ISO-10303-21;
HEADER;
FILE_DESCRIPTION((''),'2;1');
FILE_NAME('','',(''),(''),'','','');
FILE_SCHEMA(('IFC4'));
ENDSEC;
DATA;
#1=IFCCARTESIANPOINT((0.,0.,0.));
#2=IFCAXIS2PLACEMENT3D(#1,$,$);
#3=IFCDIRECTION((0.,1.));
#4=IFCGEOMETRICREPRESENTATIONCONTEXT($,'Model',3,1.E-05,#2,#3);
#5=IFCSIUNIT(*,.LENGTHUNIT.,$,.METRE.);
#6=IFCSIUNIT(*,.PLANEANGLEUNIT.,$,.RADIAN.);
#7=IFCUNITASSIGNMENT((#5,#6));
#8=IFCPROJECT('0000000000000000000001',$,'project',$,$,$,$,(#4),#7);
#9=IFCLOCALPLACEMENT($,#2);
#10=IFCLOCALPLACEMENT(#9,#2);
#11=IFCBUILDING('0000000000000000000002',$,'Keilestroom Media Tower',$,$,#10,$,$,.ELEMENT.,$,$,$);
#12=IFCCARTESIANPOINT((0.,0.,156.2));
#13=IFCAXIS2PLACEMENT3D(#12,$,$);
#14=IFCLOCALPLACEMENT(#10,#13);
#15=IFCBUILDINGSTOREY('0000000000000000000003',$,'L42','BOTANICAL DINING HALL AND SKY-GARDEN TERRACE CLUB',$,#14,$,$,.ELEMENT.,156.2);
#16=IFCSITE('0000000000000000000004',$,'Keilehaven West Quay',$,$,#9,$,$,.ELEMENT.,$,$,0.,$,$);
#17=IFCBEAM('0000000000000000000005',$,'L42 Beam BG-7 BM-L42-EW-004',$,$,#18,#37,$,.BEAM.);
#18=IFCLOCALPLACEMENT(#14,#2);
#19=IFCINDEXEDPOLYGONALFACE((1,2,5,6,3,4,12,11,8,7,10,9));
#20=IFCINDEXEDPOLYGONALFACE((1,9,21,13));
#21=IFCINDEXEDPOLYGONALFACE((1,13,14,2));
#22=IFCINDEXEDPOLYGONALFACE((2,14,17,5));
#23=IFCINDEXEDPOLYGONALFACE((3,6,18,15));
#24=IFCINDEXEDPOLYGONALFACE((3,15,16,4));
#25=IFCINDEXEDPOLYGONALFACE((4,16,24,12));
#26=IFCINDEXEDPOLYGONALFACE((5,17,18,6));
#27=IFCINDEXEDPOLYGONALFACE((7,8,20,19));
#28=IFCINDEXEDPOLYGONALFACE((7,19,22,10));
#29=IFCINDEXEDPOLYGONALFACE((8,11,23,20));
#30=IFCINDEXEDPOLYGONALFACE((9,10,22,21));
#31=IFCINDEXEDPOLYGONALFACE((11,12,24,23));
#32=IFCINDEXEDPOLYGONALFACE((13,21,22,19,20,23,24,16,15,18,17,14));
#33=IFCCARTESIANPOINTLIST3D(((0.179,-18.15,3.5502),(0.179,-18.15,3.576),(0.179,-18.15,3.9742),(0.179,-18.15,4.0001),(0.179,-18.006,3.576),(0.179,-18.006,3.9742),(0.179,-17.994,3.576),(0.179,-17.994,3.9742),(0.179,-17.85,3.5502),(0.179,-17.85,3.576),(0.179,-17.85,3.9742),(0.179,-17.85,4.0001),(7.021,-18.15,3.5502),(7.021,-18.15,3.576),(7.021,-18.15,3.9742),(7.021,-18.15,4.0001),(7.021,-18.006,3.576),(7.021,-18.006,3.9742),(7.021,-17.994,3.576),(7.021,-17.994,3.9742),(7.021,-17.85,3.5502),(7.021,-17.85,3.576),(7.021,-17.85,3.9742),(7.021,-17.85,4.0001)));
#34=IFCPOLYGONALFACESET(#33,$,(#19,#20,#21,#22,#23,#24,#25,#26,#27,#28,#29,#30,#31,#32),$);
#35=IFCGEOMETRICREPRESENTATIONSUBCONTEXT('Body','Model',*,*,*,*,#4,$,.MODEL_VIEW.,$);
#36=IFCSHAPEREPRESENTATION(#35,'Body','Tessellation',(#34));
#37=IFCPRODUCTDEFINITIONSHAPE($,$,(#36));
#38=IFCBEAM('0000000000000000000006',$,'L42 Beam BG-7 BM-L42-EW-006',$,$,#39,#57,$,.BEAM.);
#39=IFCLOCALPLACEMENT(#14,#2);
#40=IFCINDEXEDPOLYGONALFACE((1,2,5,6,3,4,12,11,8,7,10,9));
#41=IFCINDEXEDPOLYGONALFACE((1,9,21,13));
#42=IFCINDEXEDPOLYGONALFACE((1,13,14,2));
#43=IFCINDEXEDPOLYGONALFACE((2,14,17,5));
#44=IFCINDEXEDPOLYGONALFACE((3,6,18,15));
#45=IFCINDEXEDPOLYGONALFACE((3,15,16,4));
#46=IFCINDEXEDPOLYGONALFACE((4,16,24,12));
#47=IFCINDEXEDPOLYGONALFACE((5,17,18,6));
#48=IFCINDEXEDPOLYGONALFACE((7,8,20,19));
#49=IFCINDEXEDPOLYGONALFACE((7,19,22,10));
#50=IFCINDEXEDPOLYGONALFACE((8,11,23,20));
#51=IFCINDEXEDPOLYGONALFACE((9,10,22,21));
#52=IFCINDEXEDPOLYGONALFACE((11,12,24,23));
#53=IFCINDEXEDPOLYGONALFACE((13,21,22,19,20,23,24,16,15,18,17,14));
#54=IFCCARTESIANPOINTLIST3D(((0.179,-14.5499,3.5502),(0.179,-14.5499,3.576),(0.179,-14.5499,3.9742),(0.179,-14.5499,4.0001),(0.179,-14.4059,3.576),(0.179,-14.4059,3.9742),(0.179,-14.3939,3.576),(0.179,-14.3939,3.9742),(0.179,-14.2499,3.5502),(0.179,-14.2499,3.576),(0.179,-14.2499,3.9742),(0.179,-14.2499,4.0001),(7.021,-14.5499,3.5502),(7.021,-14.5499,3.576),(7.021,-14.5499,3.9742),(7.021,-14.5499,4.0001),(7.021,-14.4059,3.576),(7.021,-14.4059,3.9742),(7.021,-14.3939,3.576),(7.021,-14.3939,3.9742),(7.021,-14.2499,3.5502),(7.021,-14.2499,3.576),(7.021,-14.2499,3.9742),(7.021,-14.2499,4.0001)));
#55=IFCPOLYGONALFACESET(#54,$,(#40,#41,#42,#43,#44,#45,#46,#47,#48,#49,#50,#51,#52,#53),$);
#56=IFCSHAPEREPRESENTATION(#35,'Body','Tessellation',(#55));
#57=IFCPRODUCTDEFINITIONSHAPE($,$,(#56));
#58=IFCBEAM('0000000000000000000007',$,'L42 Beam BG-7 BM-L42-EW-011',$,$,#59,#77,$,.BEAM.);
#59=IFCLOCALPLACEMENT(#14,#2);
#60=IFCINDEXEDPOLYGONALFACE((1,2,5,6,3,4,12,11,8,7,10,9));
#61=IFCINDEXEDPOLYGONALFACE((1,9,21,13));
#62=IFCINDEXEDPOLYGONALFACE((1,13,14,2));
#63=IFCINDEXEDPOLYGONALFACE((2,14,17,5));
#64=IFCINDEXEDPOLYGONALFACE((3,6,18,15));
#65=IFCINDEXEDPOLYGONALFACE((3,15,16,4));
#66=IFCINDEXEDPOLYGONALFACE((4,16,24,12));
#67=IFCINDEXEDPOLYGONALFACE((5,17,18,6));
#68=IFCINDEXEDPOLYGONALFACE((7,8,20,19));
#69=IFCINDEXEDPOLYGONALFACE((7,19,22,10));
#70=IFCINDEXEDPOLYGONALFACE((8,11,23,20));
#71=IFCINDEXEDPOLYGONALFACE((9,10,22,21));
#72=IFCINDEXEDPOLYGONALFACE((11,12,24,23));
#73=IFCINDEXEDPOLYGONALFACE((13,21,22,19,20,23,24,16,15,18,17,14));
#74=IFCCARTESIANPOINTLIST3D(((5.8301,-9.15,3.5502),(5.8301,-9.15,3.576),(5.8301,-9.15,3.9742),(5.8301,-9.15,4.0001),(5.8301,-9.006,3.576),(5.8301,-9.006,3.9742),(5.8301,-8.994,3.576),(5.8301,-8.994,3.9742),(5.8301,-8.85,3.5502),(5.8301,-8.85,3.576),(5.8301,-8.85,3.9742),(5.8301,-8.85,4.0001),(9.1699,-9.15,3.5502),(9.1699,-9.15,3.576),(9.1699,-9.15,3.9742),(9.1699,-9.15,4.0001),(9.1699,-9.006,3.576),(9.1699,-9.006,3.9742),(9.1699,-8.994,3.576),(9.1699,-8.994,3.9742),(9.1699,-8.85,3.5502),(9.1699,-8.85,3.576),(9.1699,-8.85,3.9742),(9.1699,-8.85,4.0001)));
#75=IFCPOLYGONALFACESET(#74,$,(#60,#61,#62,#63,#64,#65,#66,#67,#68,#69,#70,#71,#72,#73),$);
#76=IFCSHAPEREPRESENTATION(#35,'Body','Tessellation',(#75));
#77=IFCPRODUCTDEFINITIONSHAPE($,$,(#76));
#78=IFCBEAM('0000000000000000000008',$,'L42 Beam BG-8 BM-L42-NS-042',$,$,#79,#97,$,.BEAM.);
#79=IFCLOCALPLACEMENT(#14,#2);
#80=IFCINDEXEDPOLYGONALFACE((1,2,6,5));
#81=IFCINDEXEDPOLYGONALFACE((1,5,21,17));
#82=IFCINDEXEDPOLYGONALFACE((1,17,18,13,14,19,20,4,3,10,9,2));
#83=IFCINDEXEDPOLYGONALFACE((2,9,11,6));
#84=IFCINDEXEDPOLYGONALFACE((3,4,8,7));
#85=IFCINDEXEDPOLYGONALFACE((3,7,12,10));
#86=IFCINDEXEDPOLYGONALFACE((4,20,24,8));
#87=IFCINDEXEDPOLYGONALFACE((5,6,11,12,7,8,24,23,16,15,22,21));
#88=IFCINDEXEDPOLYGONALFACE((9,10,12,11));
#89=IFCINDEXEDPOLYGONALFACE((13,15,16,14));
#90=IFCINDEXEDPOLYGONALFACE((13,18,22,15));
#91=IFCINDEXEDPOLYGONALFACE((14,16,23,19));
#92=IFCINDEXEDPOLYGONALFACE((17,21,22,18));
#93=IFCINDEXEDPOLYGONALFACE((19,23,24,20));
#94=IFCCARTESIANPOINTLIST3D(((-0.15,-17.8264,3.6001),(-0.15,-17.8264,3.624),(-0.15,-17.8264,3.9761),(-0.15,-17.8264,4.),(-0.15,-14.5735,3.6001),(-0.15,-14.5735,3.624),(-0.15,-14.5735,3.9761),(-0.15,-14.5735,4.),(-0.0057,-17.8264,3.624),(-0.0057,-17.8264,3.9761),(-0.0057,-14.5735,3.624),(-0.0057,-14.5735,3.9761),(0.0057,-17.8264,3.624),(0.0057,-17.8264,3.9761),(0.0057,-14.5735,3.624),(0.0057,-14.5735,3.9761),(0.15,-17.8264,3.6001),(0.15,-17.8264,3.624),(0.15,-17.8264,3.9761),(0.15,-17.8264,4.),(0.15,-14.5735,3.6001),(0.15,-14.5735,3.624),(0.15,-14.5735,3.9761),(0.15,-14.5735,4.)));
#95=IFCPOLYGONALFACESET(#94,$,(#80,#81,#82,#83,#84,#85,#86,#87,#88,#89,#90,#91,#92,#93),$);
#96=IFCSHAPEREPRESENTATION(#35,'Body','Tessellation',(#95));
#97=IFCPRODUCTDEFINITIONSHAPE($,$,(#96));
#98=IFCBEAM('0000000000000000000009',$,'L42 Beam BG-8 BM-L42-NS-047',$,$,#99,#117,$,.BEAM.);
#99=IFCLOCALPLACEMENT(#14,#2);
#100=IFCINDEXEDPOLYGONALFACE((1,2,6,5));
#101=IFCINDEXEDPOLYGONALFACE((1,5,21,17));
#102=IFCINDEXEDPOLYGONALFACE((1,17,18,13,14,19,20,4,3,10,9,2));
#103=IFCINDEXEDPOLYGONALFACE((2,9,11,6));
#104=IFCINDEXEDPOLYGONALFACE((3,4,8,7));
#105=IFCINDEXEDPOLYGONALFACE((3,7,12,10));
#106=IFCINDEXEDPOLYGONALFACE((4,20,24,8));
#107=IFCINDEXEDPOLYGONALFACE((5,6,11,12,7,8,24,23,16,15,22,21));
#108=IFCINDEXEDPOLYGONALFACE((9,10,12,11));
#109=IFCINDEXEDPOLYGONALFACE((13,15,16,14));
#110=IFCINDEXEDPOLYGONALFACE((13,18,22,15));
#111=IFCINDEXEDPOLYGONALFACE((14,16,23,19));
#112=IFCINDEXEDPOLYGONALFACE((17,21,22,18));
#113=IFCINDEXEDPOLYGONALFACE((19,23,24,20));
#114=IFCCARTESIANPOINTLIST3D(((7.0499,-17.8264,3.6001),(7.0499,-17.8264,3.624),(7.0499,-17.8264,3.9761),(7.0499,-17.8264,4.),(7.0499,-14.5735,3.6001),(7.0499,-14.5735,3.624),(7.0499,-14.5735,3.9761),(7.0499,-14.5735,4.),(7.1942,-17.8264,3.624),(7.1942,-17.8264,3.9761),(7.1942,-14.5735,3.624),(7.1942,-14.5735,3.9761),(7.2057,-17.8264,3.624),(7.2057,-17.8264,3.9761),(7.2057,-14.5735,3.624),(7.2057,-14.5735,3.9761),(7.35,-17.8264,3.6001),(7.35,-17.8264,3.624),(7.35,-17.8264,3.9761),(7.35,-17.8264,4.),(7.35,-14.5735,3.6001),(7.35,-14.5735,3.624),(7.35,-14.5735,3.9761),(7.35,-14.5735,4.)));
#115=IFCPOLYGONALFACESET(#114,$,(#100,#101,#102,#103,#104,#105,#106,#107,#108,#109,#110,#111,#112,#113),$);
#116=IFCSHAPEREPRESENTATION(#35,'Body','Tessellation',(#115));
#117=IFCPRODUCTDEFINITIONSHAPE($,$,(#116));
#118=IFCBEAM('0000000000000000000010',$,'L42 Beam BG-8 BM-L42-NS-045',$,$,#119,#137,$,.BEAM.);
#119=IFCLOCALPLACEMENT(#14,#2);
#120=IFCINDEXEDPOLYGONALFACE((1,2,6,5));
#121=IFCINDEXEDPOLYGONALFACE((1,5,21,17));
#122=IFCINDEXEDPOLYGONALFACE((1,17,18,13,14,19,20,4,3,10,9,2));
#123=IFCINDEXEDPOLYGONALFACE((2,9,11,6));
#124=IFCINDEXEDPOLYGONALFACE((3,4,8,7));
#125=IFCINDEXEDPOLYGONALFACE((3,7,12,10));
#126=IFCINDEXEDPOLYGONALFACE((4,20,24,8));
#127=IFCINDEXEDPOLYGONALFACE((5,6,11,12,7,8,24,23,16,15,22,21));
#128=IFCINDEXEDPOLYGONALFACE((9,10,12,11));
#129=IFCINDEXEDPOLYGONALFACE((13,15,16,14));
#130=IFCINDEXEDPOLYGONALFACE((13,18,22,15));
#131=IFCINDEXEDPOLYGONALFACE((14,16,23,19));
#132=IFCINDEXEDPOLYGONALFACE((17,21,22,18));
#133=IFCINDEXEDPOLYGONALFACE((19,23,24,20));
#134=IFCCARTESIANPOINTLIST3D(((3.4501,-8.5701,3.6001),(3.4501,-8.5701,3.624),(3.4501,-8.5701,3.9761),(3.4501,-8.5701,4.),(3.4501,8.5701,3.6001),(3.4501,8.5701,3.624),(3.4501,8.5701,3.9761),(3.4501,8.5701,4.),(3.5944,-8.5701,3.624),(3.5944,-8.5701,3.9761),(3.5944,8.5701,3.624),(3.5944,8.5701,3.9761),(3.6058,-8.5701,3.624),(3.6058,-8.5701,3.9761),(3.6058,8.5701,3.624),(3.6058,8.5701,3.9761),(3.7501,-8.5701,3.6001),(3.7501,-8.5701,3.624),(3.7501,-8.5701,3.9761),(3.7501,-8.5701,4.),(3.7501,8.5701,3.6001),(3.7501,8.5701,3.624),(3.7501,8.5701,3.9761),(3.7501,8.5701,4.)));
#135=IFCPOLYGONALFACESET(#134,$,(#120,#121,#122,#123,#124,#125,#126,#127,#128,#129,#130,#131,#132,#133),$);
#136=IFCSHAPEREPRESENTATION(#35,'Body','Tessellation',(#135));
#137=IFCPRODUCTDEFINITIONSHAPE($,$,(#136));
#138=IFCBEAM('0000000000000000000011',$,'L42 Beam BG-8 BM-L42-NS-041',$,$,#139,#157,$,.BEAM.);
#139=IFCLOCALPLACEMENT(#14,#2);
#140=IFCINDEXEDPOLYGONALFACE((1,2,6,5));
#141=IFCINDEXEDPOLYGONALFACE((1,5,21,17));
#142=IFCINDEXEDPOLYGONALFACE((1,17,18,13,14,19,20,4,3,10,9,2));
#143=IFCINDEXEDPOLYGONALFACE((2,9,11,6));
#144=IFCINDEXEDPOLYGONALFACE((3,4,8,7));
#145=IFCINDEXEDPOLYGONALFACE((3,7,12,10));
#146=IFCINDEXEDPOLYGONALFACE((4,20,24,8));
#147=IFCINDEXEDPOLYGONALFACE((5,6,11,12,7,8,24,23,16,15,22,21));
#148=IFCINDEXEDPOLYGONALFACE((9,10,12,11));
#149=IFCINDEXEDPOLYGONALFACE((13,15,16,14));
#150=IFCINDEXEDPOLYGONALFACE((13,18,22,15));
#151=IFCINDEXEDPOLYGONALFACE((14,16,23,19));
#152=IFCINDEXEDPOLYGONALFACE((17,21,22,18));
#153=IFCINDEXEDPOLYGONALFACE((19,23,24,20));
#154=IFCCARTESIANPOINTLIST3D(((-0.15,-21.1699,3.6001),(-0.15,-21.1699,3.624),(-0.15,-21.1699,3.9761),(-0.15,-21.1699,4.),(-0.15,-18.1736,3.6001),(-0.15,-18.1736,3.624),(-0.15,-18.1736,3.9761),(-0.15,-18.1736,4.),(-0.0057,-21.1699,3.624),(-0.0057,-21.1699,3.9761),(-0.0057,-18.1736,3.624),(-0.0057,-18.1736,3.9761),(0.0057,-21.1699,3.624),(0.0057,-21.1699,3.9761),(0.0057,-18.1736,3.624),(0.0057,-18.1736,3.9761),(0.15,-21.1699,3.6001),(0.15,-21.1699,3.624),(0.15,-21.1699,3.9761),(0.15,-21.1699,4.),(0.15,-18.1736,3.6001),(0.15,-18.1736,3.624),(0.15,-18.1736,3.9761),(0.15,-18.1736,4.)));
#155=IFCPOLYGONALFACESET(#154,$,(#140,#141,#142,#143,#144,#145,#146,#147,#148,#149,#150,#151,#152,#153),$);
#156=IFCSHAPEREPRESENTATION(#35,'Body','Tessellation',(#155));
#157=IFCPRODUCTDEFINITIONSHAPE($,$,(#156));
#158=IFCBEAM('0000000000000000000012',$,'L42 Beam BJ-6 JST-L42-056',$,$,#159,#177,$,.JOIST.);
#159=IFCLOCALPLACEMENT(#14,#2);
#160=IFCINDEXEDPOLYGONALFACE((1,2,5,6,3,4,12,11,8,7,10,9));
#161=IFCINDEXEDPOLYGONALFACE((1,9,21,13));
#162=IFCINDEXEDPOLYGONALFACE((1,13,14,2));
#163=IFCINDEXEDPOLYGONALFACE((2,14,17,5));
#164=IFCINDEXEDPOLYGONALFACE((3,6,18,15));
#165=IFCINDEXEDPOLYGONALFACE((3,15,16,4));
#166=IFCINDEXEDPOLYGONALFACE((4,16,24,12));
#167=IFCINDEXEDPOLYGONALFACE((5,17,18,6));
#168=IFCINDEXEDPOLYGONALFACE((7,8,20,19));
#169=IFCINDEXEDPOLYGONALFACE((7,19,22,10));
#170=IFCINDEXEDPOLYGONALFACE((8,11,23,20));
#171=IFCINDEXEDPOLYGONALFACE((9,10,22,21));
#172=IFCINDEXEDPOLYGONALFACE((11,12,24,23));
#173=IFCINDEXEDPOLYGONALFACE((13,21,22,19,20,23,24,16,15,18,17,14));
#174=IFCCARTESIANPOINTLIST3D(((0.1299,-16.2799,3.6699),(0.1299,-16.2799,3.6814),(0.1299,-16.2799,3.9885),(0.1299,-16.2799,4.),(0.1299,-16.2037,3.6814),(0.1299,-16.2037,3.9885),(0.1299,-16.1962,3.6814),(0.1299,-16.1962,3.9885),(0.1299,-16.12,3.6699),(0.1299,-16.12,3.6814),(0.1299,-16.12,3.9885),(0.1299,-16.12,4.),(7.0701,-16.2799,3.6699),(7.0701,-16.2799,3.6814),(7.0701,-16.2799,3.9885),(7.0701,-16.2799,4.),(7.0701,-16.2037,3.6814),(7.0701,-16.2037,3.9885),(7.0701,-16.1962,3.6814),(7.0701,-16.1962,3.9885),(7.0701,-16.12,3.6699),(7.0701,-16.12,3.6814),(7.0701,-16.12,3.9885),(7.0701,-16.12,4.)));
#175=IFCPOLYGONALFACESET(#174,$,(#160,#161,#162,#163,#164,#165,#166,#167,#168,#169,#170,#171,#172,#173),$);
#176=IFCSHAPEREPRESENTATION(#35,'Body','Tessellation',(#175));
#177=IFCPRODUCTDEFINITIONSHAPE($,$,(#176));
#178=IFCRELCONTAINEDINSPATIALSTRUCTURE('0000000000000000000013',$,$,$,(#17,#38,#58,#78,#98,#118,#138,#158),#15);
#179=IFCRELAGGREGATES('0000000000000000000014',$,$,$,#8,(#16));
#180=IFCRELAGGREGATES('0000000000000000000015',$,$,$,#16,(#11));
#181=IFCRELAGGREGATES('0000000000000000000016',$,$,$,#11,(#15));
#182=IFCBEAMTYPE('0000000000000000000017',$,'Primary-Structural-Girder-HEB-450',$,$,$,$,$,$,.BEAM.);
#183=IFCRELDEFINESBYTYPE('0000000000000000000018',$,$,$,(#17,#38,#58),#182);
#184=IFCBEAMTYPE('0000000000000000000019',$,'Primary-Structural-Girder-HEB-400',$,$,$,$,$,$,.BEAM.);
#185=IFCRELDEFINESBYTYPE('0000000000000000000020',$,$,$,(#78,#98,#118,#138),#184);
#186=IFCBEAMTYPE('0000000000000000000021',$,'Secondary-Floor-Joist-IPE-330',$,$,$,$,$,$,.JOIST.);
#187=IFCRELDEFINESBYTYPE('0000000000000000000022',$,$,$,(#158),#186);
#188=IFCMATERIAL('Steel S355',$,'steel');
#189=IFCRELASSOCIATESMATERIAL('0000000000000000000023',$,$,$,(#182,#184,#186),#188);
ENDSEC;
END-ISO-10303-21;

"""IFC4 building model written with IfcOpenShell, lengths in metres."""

from ifc_helpers import new_model, si_unit, direction, frame, origin, origin_2d, place, context, subcontext, project, spatial, i_section, extrude, source, transform, mapped, material, material_profile, profile_set, type_object, element, save


model = new_model("IFC4")

# Units and contexts
model_context = context("Model", 3, precision=1e-05, world=origin(), true_north=direction((0.0, 1.0)))
body_context = subcontext(model_context, "Body", "Model", "MODEL_VIEW")
ifc_project = project(units=[si_unit("LENGTHUNIT", "METRE"), si_unit("PLANEANGLEUNIT", "RADIAN")], contexts=[model_context])

# Site, building, storey
site_placement = place(None, origin())
site = spatial("IfcSite", under=ifc_project, at=site_placement, Name="Keilehaven West Quay", CompositionType="ELEMENT", RefElevation=0.0)
building_placement = place(site_placement, origin())
building = spatial("IfcBuilding", under=site, at=building_placement, Name="Keilestroom Media Tower", CompositionType="ELEMENT")
storey_placement = place(building_placement, frame((0.0, 0.0, 156.2)))
storey = spatial("IfcBuildingStorey", under=building, at=storey_placement, Name="L42", Description="BOTANICAL DINING HALL AND SKY-GARDEN TERRACE CLUB", CompositionType="ELEMENT", Elevation=156.2)

# Shared definitions
ifc_material_1 = material(Name="Steel S355", Category="steel")

# Beams
ifc_material_profile_1 = material_profile(ifc_material_1, i_section(OverallWidth=0.3, OverallDepth=0.45, WebThickness=0.012, FlangeThickness=0.0259, at=origin_2d()), Name="HEB 450")
ifc_profile_set_1 = profile_set([ifc_material_profile_1], Name="Steel S355")
beam_type_1 = type_object("IfcBeamType", Name="Primary-Structural-Girder-HEB-450", PredefinedType="BEAM", material=ifc_profile_set_1)
shared_shape_1 = source(origin(), body_context, "Body", "SweptSolid", [
    extrude(i_section(OverallWidth=0.3, OverallDepth=0.45, WebThickness=0.012, FlangeThickness=0.0259, at=origin_2d()), origin(), (0.0, 0.0, 1.0), 6.842),
])
for number, where, z_axis, x_axis, name in (
    (1, (0.179, -18.0, 3.7751), (1.0, 0.0, 0.0), (0.0, 1.0, 0.0), "L42 Beam BG-7 BM-L42-EW-004"),
    (2, (0.179, -14.3999, 3.7751), (1.0, 0.0, 0.0), (0.0, 1.0, 0.0), "L42 Beam BG-7 BM-L42-EW-006"),
):
    element("IfcBeam", number, at=place(storey_placement, frame(where, z_axis=z_axis, x_axis=x_axis)), inside=storey, type_object=beam_type_1, Name=name, PredefinedType="BEAM", context=body_context, shape_type="MappedRepresentation", body=[
        mapped(shared_shape_1, transform((0.0, 0.0, 0.0), x_axis=(1.0, 0.0, 0.0), y_axis=(0.0, 1.0, 0.0), z_axis=(0.0, 0.0, 1.0), scale=1.0)),
    ])
shared_shape_2 = source(origin(), body_context, "Body", "SweptSolid", [
    extrude(i_section(OverallWidth=0.3, OverallDepth=0.45, WebThickness=0.012, FlangeThickness=0.0259, at=origin_2d()), origin(), (0.0, 0.0, 1.0), 3.3398),
])
beam_1_placement = place(storey_placement, frame((5.8301, -9.0, 3.7751), z_axis=(1.0, 0.0, 0.0), x_axis=(0.0, 1.0, 0.0)))
element("IfcBeam", 3, at=beam_1_placement, inside=storey, type_object=beam_type_1, Name="L42 Beam BG-7 BM-L42-EW-011", PredefinedType="BEAM", context=body_context, shape_type="MappedRepresentation", body=[
    mapped(shared_shape_2, transform((0.0, 0.0, 0.0), x_axis=(1.0, 0.0, 0.0), y_axis=(0.0, 1.0, 0.0), z_axis=(0.0, 0.0, 1.0), scale=1.0)),
])
ifc_material_profile_2 = material_profile(ifc_material_1, i_section(OverallWidth=0.3, OverallDepth=0.3999, WebThickness=0.0115, FlangeThickness=0.0239, at=origin_2d()), Name="HEB 400")
ifc_profile_set_2 = profile_set([ifc_material_profile_2], Name="Steel S355")
beam_type_2 = type_object("IfcBeamType", Name="Primary-Structural-Girder-HEB-400", PredefinedType="BEAM", material=ifc_profile_set_2)
shared_shape_3 = source(origin(), body_context, "Body", "SweptSolid", [
    extrude(i_section(OverallWidth=0.3, OverallDepth=0.3999, WebThickness=0.0115, FlangeThickness=0.0239, at=origin_2d()), origin(), (0.0, 0.0, 1.0), 3.2529),
])
for number, where, z_axis, x_axis, name in (
    (4, (0.0, -17.8264, 3.8), (0.0, 1.0, 0.0), (-1.0, 0.0, 0.0), "L42 Beam BG-8 BM-L42-NS-042"),
    (5, (7.2, -17.8264, 3.8), (0.0, 1.0, 0.0), (-1.0, 0.0, 0.0), "L42 Beam BG-8 BM-L42-NS-047"),
):
    element("IfcBeam", number, at=place(storey_placement, frame(where, z_axis=z_axis, x_axis=x_axis)), inside=storey, type_object=beam_type_2, Name=name, PredefinedType="BEAM", context=body_context, shape_type="MappedRepresentation", body=[
        mapped(shared_shape_3, transform((0.0, 0.0, 0.0), x_axis=(1.0, 0.0, 0.0), y_axis=(0.0, 1.0, 0.0), z_axis=(0.0, 0.0, 1.0), scale=1.0)),
    ])
shared_shape_4 = source(origin(), body_context, "Body", "SweptSolid", [
    extrude(i_section(OverallWidth=0.3, OverallDepth=0.3999, WebThickness=0.0115, FlangeThickness=0.0239, at=origin_2d()), origin(), (0.0, 0.0, 1.0), 17.1401),
])
beam_2_placement = place(storey_placement, frame((3.6001, -8.5701, 3.8), z_axis=(0.0, 1.0, 0.0), x_axis=(-1.0, 0.0, 0.0)))
element("IfcBeam", 6, at=beam_2_placement, inside=storey, type_object=beam_type_2, Name="L42 Beam BG-8 BM-L42-NS-045", PredefinedType="BEAM", context=body_context, shape_type="MappedRepresentation", body=[
    mapped(shared_shape_4, transform((0.0, 0.0, 0.0), x_axis=(1.0, 0.0, 0.0), y_axis=(0.0, 1.0, 0.0), z_axis=(0.0, 0.0, 1.0), scale=1.0)),
])
shared_shape_5 = source(origin(), body_context, "Body", "SweptSolid", [
    extrude(i_section(OverallWidth=0.3, OverallDepth=0.3999, WebThickness=0.0115, FlangeThickness=0.0239, at=origin_2d()), origin(), (0.0, 0.0, 1.0), 2.9963),
])
beam_3_placement = place(storey_placement, frame((0.0, -21.1699, 3.8), z_axis=(0.0, 1.0, 0.0), x_axis=(-1.0, 0.0, 0.0)))
element("IfcBeam", 7, at=beam_3_placement, inside=storey, type_object=beam_type_2, Name="L42 Beam BG-8 BM-L42-NS-041", PredefinedType="BEAM", context=body_context, shape_type="MappedRepresentation", body=[
    mapped(shared_shape_5, transform((0.0, 0.0, 0.0), x_axis=(1.0, 0.0, 0.0), y_axis=(0.0, 1.0, 0.0), z_axis=(0.0, 0.0, 1.0), scale=1.0)),
])
ifc_material_profile_3 = material_profile(ifc_material_1, i_section(OverallWidth=0.1599, OverallDepth=0.3301, WebThickness=0.0076, FlangeThickness=0.0115, at=origin_2d()), Name="IPE 330")
ifc_profile_set_3 = profile_set([ifc_material_profile_3], Name="Steel S355")
beam_type_3 = type_object("IfcBeamType", Name="Secondary-Floor-Joist-IPE-330", PredefinedType="JOIST", material=ifc_profile_set_3)
shared_shape_6 = source(origin(), body_context, "Body", "SweptSolid", [
    extrude(i_section(OverallWidth=0.1599, OverallDepth=0.3301, WebThickness=0.0076, FlangeThickness=0.0115, at=origin_2d()), origin(), (0.0, 0.0, 1.0), 6.9402),
])
beam_4_placement = place(storey_placement, frame((0.1299, -16.2, 3.835), z_axis=(1.0, 0.0, 0.0), x_axis=(0.0, 1.0, 0.0)))
element("IfcBeam", 8, at=beam_4_placement, inside=storey, type_object=beam_type_3, Name="L42 Beam BJ-6 JST-L42-056", PredefinedType="JOIST", context=body_context, shape_type="MappedRepresentation", body=[
    mapped(shared_shape_6, transform((0.0, 0.0, 0.0), x_axis=(1.0, 0.0, 0.0), y_axis=(0.0, 1.0, 0.0), z_axis=(0.0, 0.0, 1.0), scale=1.0)),
])

save(model, "model.ifc")
